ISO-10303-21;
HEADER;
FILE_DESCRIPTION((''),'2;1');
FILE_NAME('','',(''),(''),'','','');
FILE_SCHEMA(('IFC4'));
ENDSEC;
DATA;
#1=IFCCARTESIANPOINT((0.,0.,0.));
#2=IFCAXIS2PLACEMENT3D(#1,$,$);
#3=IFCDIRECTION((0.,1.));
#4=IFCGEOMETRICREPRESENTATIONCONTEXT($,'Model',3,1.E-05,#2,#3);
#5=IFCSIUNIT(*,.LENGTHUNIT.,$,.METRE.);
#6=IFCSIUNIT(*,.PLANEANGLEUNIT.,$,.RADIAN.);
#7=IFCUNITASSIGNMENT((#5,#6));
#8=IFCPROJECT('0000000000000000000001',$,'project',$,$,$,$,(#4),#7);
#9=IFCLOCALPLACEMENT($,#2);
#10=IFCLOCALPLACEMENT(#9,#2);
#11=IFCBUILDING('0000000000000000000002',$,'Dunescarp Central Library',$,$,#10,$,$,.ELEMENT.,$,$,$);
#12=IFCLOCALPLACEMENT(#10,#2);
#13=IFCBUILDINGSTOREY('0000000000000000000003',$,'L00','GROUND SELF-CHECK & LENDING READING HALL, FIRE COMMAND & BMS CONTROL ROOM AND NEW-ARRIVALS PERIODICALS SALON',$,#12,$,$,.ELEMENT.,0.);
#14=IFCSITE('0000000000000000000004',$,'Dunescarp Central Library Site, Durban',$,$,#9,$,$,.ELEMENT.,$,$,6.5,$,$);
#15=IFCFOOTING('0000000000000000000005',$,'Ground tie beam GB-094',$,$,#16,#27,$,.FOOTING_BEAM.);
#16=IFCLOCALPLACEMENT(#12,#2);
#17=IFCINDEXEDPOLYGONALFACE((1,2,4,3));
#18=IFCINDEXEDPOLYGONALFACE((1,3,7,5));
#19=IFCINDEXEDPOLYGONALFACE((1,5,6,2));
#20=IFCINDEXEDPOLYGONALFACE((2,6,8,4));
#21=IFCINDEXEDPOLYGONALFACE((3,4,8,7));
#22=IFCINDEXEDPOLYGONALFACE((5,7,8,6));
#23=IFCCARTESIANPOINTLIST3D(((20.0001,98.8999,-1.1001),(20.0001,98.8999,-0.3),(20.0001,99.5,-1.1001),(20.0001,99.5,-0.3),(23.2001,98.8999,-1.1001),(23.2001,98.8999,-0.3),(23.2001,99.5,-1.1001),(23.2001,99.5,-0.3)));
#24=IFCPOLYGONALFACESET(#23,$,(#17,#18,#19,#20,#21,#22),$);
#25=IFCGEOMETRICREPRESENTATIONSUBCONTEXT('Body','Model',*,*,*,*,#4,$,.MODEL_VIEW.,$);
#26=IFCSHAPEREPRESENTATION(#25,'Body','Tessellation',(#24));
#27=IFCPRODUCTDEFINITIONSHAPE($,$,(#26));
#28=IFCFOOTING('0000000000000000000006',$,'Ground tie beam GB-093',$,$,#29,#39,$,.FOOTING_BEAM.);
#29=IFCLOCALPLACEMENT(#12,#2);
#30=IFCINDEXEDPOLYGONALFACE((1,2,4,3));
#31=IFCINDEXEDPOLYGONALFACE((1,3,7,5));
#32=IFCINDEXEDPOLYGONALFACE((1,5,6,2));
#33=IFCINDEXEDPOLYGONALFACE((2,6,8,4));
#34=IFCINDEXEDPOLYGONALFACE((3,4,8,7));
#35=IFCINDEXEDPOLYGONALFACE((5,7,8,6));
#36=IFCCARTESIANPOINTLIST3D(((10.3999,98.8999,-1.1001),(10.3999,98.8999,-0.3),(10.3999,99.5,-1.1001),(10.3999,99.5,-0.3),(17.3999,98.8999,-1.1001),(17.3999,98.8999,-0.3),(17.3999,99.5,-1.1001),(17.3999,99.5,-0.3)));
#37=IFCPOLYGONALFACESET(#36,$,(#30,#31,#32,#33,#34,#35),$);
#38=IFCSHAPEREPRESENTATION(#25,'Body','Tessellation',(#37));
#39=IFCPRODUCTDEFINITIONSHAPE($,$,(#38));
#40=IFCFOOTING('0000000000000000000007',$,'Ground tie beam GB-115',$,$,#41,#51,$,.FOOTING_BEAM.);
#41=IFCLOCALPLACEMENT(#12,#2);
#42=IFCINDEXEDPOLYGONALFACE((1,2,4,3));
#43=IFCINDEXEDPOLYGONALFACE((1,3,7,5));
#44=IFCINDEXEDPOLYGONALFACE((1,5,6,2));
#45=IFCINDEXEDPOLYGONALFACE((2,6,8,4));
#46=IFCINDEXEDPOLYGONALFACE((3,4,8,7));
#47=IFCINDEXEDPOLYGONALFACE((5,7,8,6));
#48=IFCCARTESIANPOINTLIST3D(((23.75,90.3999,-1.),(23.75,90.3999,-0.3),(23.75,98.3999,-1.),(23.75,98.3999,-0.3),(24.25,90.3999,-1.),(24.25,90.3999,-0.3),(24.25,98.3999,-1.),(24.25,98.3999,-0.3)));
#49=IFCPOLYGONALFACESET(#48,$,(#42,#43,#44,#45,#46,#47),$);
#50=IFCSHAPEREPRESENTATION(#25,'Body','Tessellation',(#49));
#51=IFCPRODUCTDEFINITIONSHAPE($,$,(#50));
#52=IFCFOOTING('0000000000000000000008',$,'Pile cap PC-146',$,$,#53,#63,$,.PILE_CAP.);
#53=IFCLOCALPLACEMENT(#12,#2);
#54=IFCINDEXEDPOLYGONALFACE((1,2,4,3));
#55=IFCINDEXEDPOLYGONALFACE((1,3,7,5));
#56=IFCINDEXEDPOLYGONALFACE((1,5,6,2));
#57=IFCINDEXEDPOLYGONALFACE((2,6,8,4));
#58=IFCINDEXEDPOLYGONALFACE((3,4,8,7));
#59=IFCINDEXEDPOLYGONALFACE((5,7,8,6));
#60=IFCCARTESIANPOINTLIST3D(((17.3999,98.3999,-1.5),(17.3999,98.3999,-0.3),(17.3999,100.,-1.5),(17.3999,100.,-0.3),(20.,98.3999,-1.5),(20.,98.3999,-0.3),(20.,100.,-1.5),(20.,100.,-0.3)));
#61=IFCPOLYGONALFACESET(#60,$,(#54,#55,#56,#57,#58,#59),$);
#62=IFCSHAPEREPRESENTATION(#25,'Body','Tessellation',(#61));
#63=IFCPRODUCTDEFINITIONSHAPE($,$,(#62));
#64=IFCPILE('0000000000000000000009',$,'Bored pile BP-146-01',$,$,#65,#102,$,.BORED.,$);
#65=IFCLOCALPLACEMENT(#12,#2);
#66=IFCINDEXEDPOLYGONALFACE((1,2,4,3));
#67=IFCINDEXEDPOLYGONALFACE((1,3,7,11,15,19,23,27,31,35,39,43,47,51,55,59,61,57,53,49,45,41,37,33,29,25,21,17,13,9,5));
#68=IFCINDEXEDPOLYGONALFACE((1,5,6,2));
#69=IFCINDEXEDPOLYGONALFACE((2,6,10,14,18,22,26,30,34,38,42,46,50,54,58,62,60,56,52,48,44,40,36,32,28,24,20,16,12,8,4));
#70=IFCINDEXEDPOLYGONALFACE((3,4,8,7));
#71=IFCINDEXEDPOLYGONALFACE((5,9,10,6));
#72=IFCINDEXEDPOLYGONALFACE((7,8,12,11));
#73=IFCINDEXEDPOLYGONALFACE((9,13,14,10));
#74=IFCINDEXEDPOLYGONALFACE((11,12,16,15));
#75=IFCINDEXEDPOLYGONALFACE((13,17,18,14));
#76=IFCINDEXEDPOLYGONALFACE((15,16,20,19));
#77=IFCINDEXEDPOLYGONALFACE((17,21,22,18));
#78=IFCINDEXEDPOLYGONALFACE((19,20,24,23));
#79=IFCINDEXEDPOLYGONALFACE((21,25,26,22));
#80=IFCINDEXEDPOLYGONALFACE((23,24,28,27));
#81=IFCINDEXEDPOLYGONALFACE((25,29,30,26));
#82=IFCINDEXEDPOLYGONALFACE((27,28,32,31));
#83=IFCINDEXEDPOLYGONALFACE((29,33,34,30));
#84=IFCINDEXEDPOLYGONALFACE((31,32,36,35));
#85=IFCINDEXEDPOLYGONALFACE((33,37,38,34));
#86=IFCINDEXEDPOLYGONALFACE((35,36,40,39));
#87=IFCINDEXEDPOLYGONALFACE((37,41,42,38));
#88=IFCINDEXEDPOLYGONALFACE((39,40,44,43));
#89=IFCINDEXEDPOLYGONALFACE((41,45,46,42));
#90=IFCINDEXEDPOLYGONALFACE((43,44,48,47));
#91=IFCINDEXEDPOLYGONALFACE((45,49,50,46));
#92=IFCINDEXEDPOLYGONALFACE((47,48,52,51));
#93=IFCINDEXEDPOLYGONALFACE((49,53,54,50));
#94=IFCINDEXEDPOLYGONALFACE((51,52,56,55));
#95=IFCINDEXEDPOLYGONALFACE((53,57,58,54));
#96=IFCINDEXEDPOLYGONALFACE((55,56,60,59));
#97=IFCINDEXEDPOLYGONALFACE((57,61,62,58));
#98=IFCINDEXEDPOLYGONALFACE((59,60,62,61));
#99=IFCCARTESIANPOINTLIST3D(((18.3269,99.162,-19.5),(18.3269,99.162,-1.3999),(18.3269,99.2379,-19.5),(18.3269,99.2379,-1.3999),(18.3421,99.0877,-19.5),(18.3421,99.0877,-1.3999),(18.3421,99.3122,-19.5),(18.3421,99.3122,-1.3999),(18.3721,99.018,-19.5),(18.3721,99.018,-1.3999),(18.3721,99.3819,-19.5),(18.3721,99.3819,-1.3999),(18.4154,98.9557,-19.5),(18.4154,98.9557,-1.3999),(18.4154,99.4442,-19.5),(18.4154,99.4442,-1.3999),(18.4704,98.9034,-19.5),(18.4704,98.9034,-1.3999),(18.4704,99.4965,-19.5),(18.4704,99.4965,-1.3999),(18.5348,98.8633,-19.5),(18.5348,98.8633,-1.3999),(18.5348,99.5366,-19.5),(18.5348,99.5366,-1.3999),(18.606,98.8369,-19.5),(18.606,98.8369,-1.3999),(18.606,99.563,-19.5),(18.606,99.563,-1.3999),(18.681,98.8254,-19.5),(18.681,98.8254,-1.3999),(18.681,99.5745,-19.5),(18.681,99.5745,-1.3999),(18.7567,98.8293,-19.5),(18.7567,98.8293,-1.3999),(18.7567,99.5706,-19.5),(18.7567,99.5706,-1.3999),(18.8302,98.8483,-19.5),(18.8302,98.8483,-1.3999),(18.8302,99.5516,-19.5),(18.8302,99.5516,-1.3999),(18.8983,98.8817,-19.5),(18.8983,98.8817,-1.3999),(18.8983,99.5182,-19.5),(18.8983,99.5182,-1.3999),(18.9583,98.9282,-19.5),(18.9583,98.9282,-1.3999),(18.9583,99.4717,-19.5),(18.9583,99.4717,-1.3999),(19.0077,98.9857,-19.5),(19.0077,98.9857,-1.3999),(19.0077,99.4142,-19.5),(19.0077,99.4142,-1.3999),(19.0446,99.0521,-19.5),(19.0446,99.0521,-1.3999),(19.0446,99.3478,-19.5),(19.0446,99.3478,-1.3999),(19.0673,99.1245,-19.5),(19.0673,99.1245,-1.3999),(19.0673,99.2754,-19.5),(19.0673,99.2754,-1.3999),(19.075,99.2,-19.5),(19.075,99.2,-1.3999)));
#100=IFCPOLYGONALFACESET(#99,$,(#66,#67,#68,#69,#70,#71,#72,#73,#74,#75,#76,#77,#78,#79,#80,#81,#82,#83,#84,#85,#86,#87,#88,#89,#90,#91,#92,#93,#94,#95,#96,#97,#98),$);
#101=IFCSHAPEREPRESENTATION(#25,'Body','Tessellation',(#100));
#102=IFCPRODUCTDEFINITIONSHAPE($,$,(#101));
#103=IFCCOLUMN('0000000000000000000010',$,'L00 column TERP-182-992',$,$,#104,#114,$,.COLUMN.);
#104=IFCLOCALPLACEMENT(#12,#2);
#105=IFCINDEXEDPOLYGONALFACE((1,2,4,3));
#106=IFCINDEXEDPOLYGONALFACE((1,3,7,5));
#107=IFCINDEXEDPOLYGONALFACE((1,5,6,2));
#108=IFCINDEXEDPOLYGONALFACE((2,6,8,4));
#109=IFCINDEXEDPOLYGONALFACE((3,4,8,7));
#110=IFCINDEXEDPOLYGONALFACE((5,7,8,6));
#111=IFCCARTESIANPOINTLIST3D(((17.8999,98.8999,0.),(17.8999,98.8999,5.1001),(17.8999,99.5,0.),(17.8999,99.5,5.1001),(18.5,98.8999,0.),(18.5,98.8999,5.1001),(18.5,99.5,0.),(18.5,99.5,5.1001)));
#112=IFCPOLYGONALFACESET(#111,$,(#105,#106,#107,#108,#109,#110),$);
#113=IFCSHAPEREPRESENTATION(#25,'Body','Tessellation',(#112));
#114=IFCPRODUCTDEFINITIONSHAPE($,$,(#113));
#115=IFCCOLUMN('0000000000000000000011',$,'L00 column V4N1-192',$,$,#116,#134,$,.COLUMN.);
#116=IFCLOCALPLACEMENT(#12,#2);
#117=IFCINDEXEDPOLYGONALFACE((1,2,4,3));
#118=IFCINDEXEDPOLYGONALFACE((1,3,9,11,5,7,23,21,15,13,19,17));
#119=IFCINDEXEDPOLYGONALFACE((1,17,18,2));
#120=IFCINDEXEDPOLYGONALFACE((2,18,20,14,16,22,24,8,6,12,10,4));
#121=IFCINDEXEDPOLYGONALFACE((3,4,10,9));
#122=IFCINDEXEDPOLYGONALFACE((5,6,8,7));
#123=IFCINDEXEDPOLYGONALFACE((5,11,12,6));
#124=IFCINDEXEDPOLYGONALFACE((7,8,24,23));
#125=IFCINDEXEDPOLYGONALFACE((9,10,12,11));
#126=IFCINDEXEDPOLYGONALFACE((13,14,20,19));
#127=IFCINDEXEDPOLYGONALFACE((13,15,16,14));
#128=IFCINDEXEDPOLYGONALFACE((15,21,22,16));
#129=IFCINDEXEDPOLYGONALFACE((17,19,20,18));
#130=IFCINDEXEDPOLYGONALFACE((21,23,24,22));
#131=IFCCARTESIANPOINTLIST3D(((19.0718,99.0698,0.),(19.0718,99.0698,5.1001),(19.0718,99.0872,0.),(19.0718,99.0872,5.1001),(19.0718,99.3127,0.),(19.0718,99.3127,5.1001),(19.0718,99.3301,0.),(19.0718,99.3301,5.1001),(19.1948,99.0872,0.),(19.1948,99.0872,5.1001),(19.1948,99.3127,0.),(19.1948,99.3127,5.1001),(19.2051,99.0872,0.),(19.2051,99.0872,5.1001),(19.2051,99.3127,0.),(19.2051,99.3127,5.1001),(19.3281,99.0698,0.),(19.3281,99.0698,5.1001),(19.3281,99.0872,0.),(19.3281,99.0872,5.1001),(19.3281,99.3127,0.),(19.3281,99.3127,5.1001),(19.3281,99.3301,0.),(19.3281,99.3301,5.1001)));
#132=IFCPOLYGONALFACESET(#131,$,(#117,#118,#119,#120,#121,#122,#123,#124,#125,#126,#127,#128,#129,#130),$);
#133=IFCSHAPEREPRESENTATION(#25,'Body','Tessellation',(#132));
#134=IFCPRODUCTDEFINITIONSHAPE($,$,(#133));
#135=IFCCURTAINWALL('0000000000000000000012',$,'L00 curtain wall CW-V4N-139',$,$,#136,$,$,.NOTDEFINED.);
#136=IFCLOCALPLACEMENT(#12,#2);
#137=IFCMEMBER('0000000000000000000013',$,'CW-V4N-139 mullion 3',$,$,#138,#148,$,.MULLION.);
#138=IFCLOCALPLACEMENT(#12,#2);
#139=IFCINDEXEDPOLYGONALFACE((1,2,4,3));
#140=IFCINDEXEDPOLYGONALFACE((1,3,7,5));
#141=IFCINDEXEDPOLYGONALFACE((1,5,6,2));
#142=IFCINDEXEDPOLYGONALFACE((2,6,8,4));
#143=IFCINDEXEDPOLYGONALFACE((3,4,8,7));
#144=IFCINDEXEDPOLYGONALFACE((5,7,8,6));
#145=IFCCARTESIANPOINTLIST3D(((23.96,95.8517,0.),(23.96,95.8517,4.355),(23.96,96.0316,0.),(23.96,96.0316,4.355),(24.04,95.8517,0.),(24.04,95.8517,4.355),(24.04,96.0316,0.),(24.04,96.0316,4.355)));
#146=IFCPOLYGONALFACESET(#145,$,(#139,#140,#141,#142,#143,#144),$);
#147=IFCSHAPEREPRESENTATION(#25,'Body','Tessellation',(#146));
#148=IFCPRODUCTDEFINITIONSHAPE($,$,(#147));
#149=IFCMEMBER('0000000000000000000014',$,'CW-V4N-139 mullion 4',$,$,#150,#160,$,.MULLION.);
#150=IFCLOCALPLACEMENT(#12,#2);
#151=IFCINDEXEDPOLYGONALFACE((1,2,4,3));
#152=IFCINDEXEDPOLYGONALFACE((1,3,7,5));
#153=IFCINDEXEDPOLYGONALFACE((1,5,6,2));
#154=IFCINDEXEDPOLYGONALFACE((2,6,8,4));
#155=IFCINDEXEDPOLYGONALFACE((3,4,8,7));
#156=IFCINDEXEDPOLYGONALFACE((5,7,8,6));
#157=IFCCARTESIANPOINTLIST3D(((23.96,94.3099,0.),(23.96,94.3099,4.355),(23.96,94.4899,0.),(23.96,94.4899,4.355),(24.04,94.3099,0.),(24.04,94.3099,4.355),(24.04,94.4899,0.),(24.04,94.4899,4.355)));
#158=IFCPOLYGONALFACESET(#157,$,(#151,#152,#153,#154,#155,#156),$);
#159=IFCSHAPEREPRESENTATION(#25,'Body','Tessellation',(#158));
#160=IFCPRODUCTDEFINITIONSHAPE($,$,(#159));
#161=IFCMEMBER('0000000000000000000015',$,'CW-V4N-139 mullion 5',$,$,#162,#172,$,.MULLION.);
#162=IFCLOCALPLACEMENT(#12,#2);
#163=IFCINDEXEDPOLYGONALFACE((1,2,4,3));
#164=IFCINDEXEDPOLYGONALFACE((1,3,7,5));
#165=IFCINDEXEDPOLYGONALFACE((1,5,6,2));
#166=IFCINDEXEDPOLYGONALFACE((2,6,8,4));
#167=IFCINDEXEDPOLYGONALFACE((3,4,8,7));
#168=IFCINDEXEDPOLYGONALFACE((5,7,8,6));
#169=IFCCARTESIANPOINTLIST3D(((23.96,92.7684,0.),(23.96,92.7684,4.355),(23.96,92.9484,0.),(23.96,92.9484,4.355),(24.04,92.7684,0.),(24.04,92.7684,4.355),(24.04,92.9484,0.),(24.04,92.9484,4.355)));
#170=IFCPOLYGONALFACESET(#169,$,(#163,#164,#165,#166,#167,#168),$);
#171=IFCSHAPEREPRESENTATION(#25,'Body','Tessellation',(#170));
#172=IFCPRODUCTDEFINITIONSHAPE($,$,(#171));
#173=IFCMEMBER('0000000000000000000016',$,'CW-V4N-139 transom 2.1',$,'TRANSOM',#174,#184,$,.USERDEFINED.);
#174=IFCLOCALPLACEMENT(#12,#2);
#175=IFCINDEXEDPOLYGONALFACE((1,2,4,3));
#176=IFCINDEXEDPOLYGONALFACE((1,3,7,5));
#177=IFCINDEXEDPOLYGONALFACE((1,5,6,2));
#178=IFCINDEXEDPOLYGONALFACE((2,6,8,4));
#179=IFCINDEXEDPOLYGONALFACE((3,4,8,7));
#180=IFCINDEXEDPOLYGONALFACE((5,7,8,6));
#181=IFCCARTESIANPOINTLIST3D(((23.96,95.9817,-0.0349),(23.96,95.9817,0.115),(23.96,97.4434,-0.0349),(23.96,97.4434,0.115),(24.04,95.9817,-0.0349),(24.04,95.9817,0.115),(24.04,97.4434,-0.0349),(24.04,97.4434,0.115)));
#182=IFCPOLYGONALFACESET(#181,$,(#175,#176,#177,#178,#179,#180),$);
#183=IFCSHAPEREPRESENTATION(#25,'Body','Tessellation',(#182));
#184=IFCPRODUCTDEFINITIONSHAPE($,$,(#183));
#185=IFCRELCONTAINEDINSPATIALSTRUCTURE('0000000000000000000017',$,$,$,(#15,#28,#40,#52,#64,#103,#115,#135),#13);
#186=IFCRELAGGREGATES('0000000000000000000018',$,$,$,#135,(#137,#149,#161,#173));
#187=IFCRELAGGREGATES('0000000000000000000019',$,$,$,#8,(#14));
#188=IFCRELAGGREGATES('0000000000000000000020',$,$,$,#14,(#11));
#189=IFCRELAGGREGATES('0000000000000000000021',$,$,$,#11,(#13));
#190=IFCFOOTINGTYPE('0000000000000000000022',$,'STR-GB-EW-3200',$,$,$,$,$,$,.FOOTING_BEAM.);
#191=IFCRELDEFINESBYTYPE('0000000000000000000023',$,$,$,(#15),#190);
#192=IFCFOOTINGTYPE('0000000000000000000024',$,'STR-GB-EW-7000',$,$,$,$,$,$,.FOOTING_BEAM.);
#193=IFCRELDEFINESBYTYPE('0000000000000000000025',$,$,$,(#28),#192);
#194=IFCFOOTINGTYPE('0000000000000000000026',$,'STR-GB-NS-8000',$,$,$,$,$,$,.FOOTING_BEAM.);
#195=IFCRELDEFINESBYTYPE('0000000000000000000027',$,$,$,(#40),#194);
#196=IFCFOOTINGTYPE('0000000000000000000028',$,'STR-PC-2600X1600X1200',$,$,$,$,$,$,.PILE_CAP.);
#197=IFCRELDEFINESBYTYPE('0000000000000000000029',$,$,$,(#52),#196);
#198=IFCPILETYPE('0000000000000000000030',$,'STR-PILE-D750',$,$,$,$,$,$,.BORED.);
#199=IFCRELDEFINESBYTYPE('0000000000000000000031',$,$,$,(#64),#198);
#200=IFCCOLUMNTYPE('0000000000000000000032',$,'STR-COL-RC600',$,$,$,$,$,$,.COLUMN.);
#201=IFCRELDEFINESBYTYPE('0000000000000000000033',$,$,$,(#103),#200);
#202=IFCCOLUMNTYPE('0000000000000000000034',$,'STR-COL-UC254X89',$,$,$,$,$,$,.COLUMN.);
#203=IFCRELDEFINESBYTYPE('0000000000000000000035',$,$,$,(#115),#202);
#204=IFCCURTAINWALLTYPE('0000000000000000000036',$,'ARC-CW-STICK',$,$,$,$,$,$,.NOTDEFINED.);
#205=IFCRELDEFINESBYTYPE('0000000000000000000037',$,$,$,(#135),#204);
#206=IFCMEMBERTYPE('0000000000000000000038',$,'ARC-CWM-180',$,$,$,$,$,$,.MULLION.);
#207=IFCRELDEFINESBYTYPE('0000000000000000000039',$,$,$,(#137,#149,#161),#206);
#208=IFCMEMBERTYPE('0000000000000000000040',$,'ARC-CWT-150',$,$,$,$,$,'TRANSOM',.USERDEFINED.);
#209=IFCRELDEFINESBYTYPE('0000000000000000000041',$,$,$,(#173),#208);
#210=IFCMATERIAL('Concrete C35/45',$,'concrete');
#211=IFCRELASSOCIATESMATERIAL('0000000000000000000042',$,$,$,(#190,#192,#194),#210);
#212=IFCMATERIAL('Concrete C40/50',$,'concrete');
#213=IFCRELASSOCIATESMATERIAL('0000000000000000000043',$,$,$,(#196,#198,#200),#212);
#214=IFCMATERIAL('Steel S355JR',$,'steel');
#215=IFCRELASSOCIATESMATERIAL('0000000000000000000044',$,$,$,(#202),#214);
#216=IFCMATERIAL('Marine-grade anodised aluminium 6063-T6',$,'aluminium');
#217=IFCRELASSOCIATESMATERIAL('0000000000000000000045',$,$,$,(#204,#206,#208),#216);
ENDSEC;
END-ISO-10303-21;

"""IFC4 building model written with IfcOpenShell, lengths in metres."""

from ifc_helpers import new_model, si_unit, direction, frame, origin, origin_2d, place, context, subcontext, project, spatial, rectangle, circle, i_section, extrude, material, material_profile, profile_set, type_object, element, aggregate, save


model = new_model("IFC4")

# Units and contexts
model_context = context("Model", 3, precision=1e-05, world=origin(), true_north=direction((0.0, 1.0)))
body_context = subcontext(model_context, "Body", "Model", "MODEL_VIEW")
ifc_project = project(units=[si_unit("LENGTHUNIT", "METRE"), si_unit("PLANEANGLEUNIT", "RADIAN")], contexts=[model_context])

# Site, building, storey
site_placement = place(None, origin())
site = spatial("IfcSite", under=ifc_project, at=site_placement, Name="Dunescarp Central Library Site, Durban", CompositionType="ELEMENT", RefElevation=6.5)
building_placement = place(site_placement, origin())
building = spatial("IfcBuilding", under=site, at=building_placement, Name="Dunescarp Central Library", CompositionType="ELEMENT")
storey_placement = place(building_placement, origin())
storey = spatial("IfcBuildingStorey", under=building, at=storey_placement, Name="L00", Description="GROUND SELF-CHECK & LENDING READING HALL, FIRE COMMAND & BMS CONTROL ROOM AND NEW-ARRIVALS PERIODICALS SALON", CompositionType="ELEMENT", Elevation=0.0)

# Footings
ifc_material_1 = material(Name="Concrete C35/45", Category="concrete")
footing_type_1 = type_object("IfcFootingType", Name="STR-GB-EW-3200", PredefinedType="FOOTING_BEAM", material=ifc_material_1)
footing_1_placement = place(storey_placement, frame((21.6001, 99.2, -1.1001), z_axis=(0.0, 0.0, 1.0), x_axis=(1.0, 0.0, 0.0)))
element("IfcFooting", 1, at=footing_1_placement, inside=storey, type_object=footing_type_1, Name="Ground tie beam GB-094", PredefinedType="FOOTING_BEAM", context=body_context, shape_type="SweptSolid", body=[
    extrude(rectangle(XDim=3.2, YDim=0.6001, at=origin_2d()), origin(), (0.0, 0.0, 1.0), 0.8),
])
footing_type_2 = type_object("IfcFootingType", Name="STR-GB-EW-7000", PredefinedType="FOOTING_BEAM", material=ifc_material_1)
footing_2_placement = place(storey_placement, frame((13.8999, 99.2, -1.1001), z_axis=(0.0, 0.0, 1.0), x_axis=(1.0, 0.0, 0.0)))
element("IfcFooting", 2, at=footing_2_placement, inside=storey, type_object=footing_type_2, Name="Ground tie beam GB-093", PredefinedType="FOOTING_BEAM", context=body_context, shape_type="SweptSolid", body=[
    extrude(rectangle(XDim=7.0, YDim=0.6001, at=origin_2d()), origin(), (0.0, 0.0, 1.0), 0.8),
])
footing_type_3 = type_object("IfcFootingType", Name="STR-GB-NS-8000", PredefinedType="FOOTING_BEAM", material=ifc_material_1)
footing_3_placement = place(storey_placement, frame((24.0, 94.3999, -1.0), z_axis=(0.0, 0.0, 1.0), x_axis=(0.0, 1.0, 0.0)))
element("IfcFooting", 3, at=footing_3_placement, inside=storey, type_object=footing_type_3, Name="Ground tie beam GB-115", PredefinedType="FOOTING_BEAM", context=body_context, shape_type="SweptSolid", body=[
    extrude(rectangle(XDim=8.0, YDim=0.5, at=origin_2d()), origin(), (0.0, 0.0, 1.0), 0.7),
])
ifc_material_2 = material(Name="Concrete C40/50", Category="concrete")
footing_type_4 = type_object("IfcFootingType", Name="STR-PC-2600X1600X1200", PredefinedType="PILE_CAP", material=ifc_material_2)
footing_4_placement = place(storey_placement, frame((18.7, 99.2, -1.5), z_axis=(0.0, 0.0, 1.0), x_axis=(1.0, 0.0, 0.0)))
element("IfcFooting", 4, at=footing_4_placement, inside=storey, type_object=footing_type_4, Name="Pile cap PC-146", PredefinedType="PILE_CAP", context=body_context, shape_type="SweptSolid", body=[
    extrude(rectangle(XDim=2.6001, YDim=1.6001, at=origin_2d()), origin(), (0.0, 0.0, 1.0), 1.2),
])

# Pile
ifc_material_profile_1 = material_profile(ifc_material_2, circle(Radius=0.375, at=origin_2d()), Name="PILE D750")
ifc_profile_set_1 = profile_set([ifc_material_profile_1], Name="Concrete C40/50")
pile_type = type_object("IfcPileType", Name="STR-PILE-D750", PredefinedType="BORED", material=ifc_profile_set_1)
pile_placement = place(storey_placement, frame((18.7, 99.2, -1.3999), z_axis=(0.0, 0.0, -1.0), x_axis=(1.0, 0.0, 0.0)))
element("IfcPile", 5, at=pile_placement, inside=storey, type_object=pile_type, Name="Bored pile BP-146-01", PredefinedType="BORED", context=body_context, shape_type="SweptSolid", body=[
    extrude(circle(Radius=0.375, at=origin_2d()), origin(), (0.0, 0.0, 1.0), 18.1001),
])

# Columns
ifc_material_profile_2 = material_profile(ifc_material_2, rectangle(XDim=0.6001, YDim=0.6001, at=origin_2d()), Name="RC 600x600")
ifc_profile_set_2 = profile_set([ifc_material_profile_2], Name="Concrete C40/50")
column_type_1 = type_object("IfcColumnType", Name="STR-COL-RC600", PredefinedType="COLUMN", material=ifc_profile_set_2)
column_1_placement = place(storey_placement, frame((18.2, 99.2, 0.0), z_axis=(0.0, 0.0, 1.0), x_axis=(1.0, 0.0, 0.0)))
element("IfcColumn", 6, at=column_1_placement, inside=storey, type_object=column_type_1, Name="L00 column TERP-182-992", PredefinedType="COLUMN", context=body_context, shape_type="SweptSolid", body=[
    extrude(rectangle(XDim=0.6001, YDim=0.6001, at=origin_2d()), origin(), (0.0, 0.0, 1.0), 5.1001),
])
ifc_material_3 = material(Name="Steel S355JR", Category="steel")
ifc_material_profile_3 = material_profile(ifc_material_3, i_section(OverallWidth=0.2563, OverallDepth=0.2603, WebThickness=0.0103, FlangeThickness=0.0173, at=origin_2d()), Name="UC 254x254x89")
ifc_profile_set_3 = profile_set([ifc_material_profile_3], Name="Steel S355JR")
column_type_2 = type_object("IfcColumnType", Name="STR-COL-UC254X89", PredefinedType="COLUMN", material=ifc_profile_set_3)
column_2_placement = place(storey_placement, frame((19.2, 99.2, 0.0), z_axis=(0.0, 0.0, 1.0), x_axis=(1.0, 0.0, 0.0)))
element("IfcColumn", 7, at=column_2_placement, inside=storey, type_object=column_type_2, Name="L00 column V4N1-192", PredefinedType="COLUMN", context=body_context, shape_type="SweptSolid", body=[
    extrude(i_section(OverallWidth=0.2563, OverallDepth=0.2603, WebThickness=0.0103, FlangeThickness=0.0173, at=origin_2d()), origin(), (0.0, 0.0, 1.0), 5.1001),
])

# Curtain wall, members
ifc_material_4 = material(Name="Marine-grade anodised aluminium 6063-T6", Category="aluminium")
curtain_wall_type = type_object("IfcCurtainWallType", Name="ARC-CW-STICK", PredefinedType="NOTDEFINED", material=ifc_material_4)
curtain_wall_placement = place(storey_placement, origin())
curtain_wall = element("IfcCurtainWall", 8, at=curtain_wall_placement, inside=storey, type_object=curtain_wall_type, Name="L00 curtain wall CW-V4N-139", PredefinedType="NOTDEFINED")
ifc_material_profile_4 = material_profile(ifc_material_4, rectangle(XDim=0.0801, YDim=0.1799, at=origin_2d()), Name="AL 80x180")
ifc_profile_set_4 = profile_set([ifc_material_profile_4], Name="Marine-grade anodised aluminium 6063-T6")
member_type_1 = type_object("IfcMemberType", Name="ARC-CWM-180", PredefinedType="MULLION", material=ifc_profile_set_4)
member_1_placement = place(storey_placement, frame((24.0, 95.9417, 0.0), z_axis=(0.0, 0.0, 1.0), x_axis=(1.0, 0.0, 0.0)))
member_1 = element("IfcMember", 9, at=member_1_placement, type_object=member_type_1, Name="CW-V4N-139 mullion 3", PredefinedType="MULLION", context=body_context, shape_type="SweptSolid", body=[
    extrude(rectangle(XDim=0.0801, YDim=0.1799, at=origin_2d()), origin(), (0.0, 0.0, 1.0), 4.355),
])
member_2_placement = place(storey_placement, frame((24.0, 94.3999, 0.0), z_axis=(0.0, 0.0, 1.0), x_axis=(1.0, 0.0, 0.0)))
member_2 = element("IfcMember", 10, at=member_2_placement, type_object=member_type_1, Name="CW-V4N-139 mullion 4", PredefinedType="MULLION", context=body_context, shape_type="SweptSolid", body=[
    extrude(rectangle(XDim=0.0801, YDim=0.1799, at=origin_2d()), origin(), (0.0, 0.0, 1.0), 4.355),
])
member_3_placement = place(storey_placement, frame((24.0, 92.8584, 0.0), z_axis=(0.0, 0.0, 1.0), x_axis=(1.0, 0.0, 0.0)))
member_3 = element("IfcMember", 11, at=member_3_placement, type_object=member_type_1, Name="CW-V4N-139 mullion 5", PredefinedType="MULLION", context=body_context, shape_type="SweptSolid", body=[
    extrude(rectangle(XDim=0.0801, YDim=0.1799, at=origin_2d()), origin(), (0.0, 0.0, 1.0), 4.355),
])
ifc_material_profile_5 = material_profile(ifc_material_4, rectangle(XDim=0.0801, YDim=0.1499, at=origin_2d()), Name="AL 80x150")
ifc_profile_set_5 = profile_set([ifc_material_profile_5], Name="Marine-grade anodised aluminium 6063-T6")
member_type_2 = type_object("IfcMemberType", Name="ARC-CWT-150", ElementType="TRANSOM", PredefinedType="USERDEFINED", material=ifc_profile_set_5)
member_4_placement = place(storey_placement, frame((24.0, 97.4434, 0.04), z_axis=(0.0, -1.0, 0.0), x_axis=(1.0, 0.0, 0.0)))
member_4 = element("IfcMember", 12, at=member_4_placement, type_object=member_type_2, Name="CW-V4N-139 transom 2.1", ObjectType="TRANSOM", PredefinedType="USERDEFINED", context=body_context, shape_type="SweptSolid", body=[
    extrude(rectangle(XDim=0.0801, YDim=0.1499, at=origin_2d()), origin(), (0.0, 0.0, 1.0), 1.4617),
])
aggregate(curtain_wall, [member_1, member_2, member_3, member_4])

save(model, "model.ifc")
